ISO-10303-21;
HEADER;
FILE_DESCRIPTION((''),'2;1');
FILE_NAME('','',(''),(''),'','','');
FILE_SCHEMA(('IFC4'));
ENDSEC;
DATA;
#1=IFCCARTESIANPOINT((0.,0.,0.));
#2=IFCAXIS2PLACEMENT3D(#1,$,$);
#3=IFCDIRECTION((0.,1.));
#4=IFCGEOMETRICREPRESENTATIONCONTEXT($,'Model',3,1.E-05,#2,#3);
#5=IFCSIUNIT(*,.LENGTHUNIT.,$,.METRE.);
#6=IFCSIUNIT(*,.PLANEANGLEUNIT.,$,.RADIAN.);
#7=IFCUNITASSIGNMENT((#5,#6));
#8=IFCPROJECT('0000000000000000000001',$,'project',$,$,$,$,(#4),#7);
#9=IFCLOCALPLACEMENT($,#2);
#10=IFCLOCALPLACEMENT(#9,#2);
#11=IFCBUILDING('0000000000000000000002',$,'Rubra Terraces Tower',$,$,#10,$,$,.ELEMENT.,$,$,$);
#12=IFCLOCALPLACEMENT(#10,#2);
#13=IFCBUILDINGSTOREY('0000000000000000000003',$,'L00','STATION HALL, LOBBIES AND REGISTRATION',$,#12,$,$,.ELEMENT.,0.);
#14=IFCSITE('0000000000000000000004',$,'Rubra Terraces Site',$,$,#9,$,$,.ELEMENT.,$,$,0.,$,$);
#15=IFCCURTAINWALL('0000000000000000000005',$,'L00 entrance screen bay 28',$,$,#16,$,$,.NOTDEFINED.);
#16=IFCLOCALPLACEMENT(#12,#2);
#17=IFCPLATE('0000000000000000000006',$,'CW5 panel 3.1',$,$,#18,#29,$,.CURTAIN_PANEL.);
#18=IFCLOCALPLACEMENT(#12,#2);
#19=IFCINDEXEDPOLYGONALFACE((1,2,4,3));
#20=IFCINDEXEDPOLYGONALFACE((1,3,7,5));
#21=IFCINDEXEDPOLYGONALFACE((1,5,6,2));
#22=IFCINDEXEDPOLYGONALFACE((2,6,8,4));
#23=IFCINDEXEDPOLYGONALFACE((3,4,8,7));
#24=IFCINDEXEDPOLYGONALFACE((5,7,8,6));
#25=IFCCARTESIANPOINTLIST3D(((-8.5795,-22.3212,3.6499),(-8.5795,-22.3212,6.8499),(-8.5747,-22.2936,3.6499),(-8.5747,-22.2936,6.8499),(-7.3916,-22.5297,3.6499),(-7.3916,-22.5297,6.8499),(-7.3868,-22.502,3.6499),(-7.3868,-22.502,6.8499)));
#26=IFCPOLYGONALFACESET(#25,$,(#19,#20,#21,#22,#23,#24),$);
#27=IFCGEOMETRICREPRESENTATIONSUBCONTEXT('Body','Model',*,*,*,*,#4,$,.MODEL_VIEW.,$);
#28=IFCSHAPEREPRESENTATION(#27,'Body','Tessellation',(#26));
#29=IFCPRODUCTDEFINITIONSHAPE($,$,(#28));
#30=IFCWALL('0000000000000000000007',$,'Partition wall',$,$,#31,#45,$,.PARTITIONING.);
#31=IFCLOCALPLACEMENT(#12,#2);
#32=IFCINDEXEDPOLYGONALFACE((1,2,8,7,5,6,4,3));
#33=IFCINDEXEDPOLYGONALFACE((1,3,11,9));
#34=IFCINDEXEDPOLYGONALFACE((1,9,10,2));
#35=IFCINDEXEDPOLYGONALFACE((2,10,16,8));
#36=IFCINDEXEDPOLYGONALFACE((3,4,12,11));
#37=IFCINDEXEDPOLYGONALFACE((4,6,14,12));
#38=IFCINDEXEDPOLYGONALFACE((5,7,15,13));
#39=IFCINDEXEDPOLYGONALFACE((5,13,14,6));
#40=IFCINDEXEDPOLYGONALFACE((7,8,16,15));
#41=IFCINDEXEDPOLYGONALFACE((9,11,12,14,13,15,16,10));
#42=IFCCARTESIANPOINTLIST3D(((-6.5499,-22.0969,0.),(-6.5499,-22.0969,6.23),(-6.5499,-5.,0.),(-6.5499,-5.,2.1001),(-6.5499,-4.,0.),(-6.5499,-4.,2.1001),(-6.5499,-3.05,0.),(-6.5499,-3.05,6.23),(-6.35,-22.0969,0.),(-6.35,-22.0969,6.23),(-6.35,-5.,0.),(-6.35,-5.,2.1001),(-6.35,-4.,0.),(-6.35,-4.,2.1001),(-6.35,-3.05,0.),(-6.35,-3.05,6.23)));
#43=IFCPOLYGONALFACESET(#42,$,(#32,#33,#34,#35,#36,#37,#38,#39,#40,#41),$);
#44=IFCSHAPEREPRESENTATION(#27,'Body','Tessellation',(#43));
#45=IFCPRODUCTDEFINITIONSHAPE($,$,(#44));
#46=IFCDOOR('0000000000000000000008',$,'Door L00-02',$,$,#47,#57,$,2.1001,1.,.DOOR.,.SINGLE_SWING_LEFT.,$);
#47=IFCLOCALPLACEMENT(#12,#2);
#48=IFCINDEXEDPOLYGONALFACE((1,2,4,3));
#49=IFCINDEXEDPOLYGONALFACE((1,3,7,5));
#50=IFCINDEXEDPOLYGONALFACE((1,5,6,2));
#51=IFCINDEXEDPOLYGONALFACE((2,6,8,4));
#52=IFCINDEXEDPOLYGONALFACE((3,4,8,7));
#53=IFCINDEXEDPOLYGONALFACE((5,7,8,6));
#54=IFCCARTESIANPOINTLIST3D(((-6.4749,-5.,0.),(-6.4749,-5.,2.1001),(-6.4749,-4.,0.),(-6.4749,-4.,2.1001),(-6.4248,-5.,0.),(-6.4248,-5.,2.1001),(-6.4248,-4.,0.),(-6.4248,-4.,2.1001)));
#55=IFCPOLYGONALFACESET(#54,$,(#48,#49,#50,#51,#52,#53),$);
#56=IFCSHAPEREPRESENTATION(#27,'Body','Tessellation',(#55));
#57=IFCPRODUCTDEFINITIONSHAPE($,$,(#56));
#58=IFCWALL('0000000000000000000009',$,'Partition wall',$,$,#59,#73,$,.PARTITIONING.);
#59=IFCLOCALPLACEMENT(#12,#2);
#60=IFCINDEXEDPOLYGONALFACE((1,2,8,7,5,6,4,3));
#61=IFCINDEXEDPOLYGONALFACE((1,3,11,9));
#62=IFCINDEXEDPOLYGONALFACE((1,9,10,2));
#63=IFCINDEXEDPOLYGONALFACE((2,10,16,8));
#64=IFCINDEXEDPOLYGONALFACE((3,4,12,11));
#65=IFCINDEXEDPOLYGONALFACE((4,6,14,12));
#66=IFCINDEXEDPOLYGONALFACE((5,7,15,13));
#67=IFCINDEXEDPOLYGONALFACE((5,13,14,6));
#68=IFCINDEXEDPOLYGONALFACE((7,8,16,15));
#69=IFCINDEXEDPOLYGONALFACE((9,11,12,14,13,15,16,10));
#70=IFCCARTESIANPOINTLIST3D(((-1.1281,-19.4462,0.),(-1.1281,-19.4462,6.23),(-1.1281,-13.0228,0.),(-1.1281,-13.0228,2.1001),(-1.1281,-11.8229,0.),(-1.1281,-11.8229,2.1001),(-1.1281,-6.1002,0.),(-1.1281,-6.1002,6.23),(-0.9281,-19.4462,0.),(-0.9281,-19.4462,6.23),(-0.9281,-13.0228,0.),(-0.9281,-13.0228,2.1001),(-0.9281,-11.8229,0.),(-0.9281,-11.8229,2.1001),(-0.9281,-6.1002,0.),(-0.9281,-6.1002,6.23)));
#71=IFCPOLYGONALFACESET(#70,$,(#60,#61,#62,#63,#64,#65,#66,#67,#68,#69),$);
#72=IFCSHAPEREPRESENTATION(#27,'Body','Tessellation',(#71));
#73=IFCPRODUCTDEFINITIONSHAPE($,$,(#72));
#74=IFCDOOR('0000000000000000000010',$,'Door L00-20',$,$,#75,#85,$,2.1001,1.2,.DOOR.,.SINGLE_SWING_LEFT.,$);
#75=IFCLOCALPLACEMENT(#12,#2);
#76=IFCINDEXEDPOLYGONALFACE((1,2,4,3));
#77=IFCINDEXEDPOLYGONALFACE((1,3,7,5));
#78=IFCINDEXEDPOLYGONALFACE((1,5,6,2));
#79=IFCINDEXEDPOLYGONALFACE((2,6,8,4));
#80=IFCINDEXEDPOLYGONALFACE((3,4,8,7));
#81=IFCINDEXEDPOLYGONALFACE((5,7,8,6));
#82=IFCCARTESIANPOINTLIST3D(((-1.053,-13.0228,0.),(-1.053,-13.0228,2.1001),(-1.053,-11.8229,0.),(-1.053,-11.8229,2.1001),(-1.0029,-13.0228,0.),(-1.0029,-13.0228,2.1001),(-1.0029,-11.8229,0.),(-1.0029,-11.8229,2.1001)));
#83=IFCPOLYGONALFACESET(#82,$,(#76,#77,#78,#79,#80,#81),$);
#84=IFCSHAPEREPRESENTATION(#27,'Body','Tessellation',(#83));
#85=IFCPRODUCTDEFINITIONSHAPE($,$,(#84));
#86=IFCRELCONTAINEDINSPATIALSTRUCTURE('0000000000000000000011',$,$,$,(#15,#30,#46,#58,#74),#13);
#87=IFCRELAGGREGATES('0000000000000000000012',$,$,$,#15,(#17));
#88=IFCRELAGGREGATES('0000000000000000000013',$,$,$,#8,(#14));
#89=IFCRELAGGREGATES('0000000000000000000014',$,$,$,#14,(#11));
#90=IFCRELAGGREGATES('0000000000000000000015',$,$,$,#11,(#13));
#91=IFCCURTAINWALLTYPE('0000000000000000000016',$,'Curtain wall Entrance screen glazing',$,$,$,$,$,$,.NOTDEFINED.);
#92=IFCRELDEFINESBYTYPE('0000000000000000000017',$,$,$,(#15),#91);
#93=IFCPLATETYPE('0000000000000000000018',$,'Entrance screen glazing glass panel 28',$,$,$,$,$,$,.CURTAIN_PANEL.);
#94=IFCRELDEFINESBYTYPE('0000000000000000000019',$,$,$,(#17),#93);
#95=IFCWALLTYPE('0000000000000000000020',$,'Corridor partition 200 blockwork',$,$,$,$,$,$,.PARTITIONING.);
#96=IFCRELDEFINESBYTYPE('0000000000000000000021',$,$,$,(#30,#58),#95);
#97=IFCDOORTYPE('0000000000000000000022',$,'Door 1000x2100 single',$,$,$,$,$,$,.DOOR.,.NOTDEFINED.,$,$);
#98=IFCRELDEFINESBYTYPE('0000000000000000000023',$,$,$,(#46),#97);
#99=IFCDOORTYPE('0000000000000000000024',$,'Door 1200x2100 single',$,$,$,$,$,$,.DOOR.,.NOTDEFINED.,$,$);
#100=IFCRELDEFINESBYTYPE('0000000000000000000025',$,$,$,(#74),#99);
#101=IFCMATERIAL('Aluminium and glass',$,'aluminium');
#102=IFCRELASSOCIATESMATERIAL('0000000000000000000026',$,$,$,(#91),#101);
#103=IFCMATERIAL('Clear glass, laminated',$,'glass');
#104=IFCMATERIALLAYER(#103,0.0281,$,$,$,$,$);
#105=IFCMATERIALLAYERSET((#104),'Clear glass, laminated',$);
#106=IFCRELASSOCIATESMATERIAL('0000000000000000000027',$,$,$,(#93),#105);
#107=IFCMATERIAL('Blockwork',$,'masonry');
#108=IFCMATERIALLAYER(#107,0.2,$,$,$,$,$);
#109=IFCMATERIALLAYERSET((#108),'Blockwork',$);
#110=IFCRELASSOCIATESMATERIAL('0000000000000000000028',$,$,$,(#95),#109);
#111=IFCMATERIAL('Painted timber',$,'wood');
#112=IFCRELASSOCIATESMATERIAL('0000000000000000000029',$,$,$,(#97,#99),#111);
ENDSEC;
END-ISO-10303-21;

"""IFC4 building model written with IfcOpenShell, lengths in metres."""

from ifc_helpers import new_model, si_unit, direction, frame, frame_2d, origin, origin_2d, place, context, subcontext, project, spatial, rectangle, extrude, material, layer, layer_set, type_object, element, fill, aggregate, save


model = new_model("IFC4")

# Units and contexts
model_context = context("Model", 3, precision=1e-05, world=origin(), true_north=direction((0.0, 1.0)))
body_context = subcontext(model_context, "Body", "Model", "MODEL_VIEW")
ifc_project = project(units=[si_unit("LENGTHUNIT", "METRE"), si_unit("PLANEANGLEUNIT", "RADIAN")], contexts=[model_context])

# Site, building, storey
site_placement = place(None, origin())
site = spatial("IfcSite", under=ifc_project, at=site_placement, Name="Rubra Terraces Site", CompositionType="ELEMENT", RefElevation=0.0)
building_placement = place(site_placement, origin())
building = spatial("IfcBuilding", under=site, at=building_placement, Name="Rubra Terraces Tower", CompositionType="ELEMENT")
storey_placement = place(building_placement, origin())
storey = spatial("IfcBuildingStorey", under=building, at=storey_placement, Name="L00", Description="STATION HALL, LOBBIES AND REGISTRATION", CompositionType="ELEMENT", Elevation=0.0)

# Curtain wall
ifc_material_1 = material(Name="Aluminium and glass", Category="aluminium")
curtain_wall_type = type_object("IfcCurtainWallType", Name="Curtain wall Entrance screen glazing", PredefinedType="NOTDEFINED", material=ifc_material_1)
curtain_wall_placement = place(storey_placement, origin())
curtain_wall = element("IfcCurtainWall", 1, at=curtain_wall_placement, inside=storey, type_object=curtain_wall_type, Name="L00 entrance screen bay 28", PredefinedType="NOTDEFINED")

# Plate
ifc_material_2 = material(Name="Clear glass, laminated", Category="glass")
ifc_layer_1 = layer(ifc_material_2, 0.0281)
ifc_layer_set_1 = layer_set([ifc_layer_1], Name="Clear glass, laminated")
plate_type = type_object("IfcPlateType", Name="Entrance screen glazing glass panel 28", PredefinedType="CURTAIN_PANEL", material=ifc_layer_set_1)
plate_placement = place(storey_placement, frame((-7.9832, -22.4116, 3.6499), z_axis=(0.0, 0.0, 1.0), x_axis=(0.984954, -0.172817, 0.0)))
plate = element("IfcPlate", 2, at=plate_placement, type_object=plate_type, Name="CW5 panel 3.1", PredefinedType="CURTAIN_PANEL", context=body_context, shape_type="SweptSolid", body=[
    extrude(rectangle(XDim=1.2061, YDim=0.0281, at=origin_2d()), origin(), (0.0, 0.0, 1.0), 3.2),
])
aggregate(curtain_wall, [plate])

# Walls, openings, doors
ifc_material_3 = material(Name="Blockwork", Category="masonry")
ifc_layer_2 = layer(ifc_material_3, 0.2)
ifc_layer_set_2 = layer_set([ifc_layer_2], Name="Blockwork")
wall_type_1 = type_object("IfcWallType", Name="Corridor partition 200 blockwork", PredefinedType="PARTITIONING", material=ifc_layer_set_2)
wall_1_placement = place(storey_placement, frame((-6.45, -22.0969, 0.0), z_axis=(0.0, 0.0, 1.0), x_axis=(0.0, 1.0, 0.0)))
wall_1 = element("IfcWall", 3, at=wall_1_placement, inside=storey, type_object=wall_type_1, Name="Partition wall", PredefinedType="PARTITIONING", context=body_context, shape_type="SweptSolid", body=[
    extrude(rectangle(XDim=19.0469, YDim=0.2, at=frame_2d((9.5234, 0.0))), origin(), (0.0, 0.0, 1.0), 6.23),
])
opening_1_placement = place(wall_1_placement, frame((17.0969, 0.0, 0.0)))
opening_1 = element("IfcOpeningElement", 4, at=opening_1_placement, cuts=wall_1, PredefinedType="OPENING", context=body_context, shape_type="SweptSolid", body=[
    extrude(rectangle(XDim=1.0, YDim=2.1001, at=frame_2d((0.5, 1.05))), frame((0.0, 0.1099, 0.0), z_axis=(0.0, -1.0, 0.0), x_axis=(1.0, 0.0, 0.0)), (0.0, 0.0, 1.0), 0.22),
])
ifc_material_4 = material(Name="Painted timber", Category="wood")
door_type_1 = type_object("IfcDoorType", Name="Door 1000x2100 single", OperationType="NOTDEFINED", PredefinedType="DOOR", material=ifc_material_4)
door_1_placement = place(opening_1_placement, origin())
door_1 = element("IfcDoor", 5, at=door_1_placement, inside=storey, type_object=door_type_1, Name="Door L00-02", OperationType="SINGLE_SWING_LEFT", OverallHeight=2.1001, OverallWidth=1.0, PredefinedType="DOOR", context=body_context, shape_type="SweptSolid", body=[
    extrude(rectangle(XDim=1.0, YDim=2.1001, at=frame_2d((0.5, 1.05))), frame((0.0, 0.0249, 0.0), z_axis=(0.0, -1.0, 0.0), x_axis=(1.0, 0.0, 0.0)), (0.0, 0.0, 1.0), 0.05),
])
fill(opening_1, door_1)
wall_2_placement = place(storey_placement, frame((-1.0281, -19.446, 0.0), z_axis=(0.0, 0.0, 1.0), x_axis=(0.0, 1.0, 0.0)))
wall_2 = element("IfcWall", 6, at=wall_2_placement, inside=storey, type_object=wall_type_1, Name="Partition wall", PredefinedType="PARTITIONING", context=body_context, shape_type="SweptSolid", body=[
    extrude(rectangle(XDim=13.3459, YDim=0.2, at=frame_2d((6.6729, 0.0))), origin(), (0.0, 0.0, 1.0), 6.23),
])
opening_2_placement = place(wall_2_placement, frame((6.4231, 0.0, 0.0)))
opening_2 = element("IfcOpeningElement", 7, at=opening_2_placement, cuts=wall_2, PredefinedType="OPENING", context=body_context, shape_type="SweptSolid", body=[
    extrude(rectangle(XDim=1.2, YDim=2.1001, at=frame_2d((0.6001, 1.05))), frame((0.0, 0.1099, 0.0), z_axis=(0.0, -1.0, 0.0), x_axis=(1.0, 0.0, 0.0)), (0.0, 0.0, 1.0), 0.22),
])
door_type_2 = type_object("IfcDoorType", Name="Door 1200x2100 single", OperationType="NOTDEFINED", PredefinedType="DOOR", material=ifc_material_4)
door_2_placement = place(opening_2_placement, origin())
door_2 = element("IfcDoor", 8, at=door_2_placement, inside=storey, type_object=door_type_2, Name="Door L00-20", OperationType="SINGLE_SWING_LEFT", OverallHeight=2.1001, OverallWidth=1.2, PredefinedType="DOOR", context=body_context, shape_type="SweptSolid", body=[
    extrude(rectangle(XDim=1.2, YDim=2.1001, at=frame_2d((0.6001, 1.05))), frame((0.0, 0.0249, 0.0), z_axis=(0.0, -1.0, 0.0), x_axis=(1.0, 0.0, 0.0)), (0.0, 0.0, 1.0), 0.05),
])
fill(opening_2, door_2)

save(model, "model.ifc")
